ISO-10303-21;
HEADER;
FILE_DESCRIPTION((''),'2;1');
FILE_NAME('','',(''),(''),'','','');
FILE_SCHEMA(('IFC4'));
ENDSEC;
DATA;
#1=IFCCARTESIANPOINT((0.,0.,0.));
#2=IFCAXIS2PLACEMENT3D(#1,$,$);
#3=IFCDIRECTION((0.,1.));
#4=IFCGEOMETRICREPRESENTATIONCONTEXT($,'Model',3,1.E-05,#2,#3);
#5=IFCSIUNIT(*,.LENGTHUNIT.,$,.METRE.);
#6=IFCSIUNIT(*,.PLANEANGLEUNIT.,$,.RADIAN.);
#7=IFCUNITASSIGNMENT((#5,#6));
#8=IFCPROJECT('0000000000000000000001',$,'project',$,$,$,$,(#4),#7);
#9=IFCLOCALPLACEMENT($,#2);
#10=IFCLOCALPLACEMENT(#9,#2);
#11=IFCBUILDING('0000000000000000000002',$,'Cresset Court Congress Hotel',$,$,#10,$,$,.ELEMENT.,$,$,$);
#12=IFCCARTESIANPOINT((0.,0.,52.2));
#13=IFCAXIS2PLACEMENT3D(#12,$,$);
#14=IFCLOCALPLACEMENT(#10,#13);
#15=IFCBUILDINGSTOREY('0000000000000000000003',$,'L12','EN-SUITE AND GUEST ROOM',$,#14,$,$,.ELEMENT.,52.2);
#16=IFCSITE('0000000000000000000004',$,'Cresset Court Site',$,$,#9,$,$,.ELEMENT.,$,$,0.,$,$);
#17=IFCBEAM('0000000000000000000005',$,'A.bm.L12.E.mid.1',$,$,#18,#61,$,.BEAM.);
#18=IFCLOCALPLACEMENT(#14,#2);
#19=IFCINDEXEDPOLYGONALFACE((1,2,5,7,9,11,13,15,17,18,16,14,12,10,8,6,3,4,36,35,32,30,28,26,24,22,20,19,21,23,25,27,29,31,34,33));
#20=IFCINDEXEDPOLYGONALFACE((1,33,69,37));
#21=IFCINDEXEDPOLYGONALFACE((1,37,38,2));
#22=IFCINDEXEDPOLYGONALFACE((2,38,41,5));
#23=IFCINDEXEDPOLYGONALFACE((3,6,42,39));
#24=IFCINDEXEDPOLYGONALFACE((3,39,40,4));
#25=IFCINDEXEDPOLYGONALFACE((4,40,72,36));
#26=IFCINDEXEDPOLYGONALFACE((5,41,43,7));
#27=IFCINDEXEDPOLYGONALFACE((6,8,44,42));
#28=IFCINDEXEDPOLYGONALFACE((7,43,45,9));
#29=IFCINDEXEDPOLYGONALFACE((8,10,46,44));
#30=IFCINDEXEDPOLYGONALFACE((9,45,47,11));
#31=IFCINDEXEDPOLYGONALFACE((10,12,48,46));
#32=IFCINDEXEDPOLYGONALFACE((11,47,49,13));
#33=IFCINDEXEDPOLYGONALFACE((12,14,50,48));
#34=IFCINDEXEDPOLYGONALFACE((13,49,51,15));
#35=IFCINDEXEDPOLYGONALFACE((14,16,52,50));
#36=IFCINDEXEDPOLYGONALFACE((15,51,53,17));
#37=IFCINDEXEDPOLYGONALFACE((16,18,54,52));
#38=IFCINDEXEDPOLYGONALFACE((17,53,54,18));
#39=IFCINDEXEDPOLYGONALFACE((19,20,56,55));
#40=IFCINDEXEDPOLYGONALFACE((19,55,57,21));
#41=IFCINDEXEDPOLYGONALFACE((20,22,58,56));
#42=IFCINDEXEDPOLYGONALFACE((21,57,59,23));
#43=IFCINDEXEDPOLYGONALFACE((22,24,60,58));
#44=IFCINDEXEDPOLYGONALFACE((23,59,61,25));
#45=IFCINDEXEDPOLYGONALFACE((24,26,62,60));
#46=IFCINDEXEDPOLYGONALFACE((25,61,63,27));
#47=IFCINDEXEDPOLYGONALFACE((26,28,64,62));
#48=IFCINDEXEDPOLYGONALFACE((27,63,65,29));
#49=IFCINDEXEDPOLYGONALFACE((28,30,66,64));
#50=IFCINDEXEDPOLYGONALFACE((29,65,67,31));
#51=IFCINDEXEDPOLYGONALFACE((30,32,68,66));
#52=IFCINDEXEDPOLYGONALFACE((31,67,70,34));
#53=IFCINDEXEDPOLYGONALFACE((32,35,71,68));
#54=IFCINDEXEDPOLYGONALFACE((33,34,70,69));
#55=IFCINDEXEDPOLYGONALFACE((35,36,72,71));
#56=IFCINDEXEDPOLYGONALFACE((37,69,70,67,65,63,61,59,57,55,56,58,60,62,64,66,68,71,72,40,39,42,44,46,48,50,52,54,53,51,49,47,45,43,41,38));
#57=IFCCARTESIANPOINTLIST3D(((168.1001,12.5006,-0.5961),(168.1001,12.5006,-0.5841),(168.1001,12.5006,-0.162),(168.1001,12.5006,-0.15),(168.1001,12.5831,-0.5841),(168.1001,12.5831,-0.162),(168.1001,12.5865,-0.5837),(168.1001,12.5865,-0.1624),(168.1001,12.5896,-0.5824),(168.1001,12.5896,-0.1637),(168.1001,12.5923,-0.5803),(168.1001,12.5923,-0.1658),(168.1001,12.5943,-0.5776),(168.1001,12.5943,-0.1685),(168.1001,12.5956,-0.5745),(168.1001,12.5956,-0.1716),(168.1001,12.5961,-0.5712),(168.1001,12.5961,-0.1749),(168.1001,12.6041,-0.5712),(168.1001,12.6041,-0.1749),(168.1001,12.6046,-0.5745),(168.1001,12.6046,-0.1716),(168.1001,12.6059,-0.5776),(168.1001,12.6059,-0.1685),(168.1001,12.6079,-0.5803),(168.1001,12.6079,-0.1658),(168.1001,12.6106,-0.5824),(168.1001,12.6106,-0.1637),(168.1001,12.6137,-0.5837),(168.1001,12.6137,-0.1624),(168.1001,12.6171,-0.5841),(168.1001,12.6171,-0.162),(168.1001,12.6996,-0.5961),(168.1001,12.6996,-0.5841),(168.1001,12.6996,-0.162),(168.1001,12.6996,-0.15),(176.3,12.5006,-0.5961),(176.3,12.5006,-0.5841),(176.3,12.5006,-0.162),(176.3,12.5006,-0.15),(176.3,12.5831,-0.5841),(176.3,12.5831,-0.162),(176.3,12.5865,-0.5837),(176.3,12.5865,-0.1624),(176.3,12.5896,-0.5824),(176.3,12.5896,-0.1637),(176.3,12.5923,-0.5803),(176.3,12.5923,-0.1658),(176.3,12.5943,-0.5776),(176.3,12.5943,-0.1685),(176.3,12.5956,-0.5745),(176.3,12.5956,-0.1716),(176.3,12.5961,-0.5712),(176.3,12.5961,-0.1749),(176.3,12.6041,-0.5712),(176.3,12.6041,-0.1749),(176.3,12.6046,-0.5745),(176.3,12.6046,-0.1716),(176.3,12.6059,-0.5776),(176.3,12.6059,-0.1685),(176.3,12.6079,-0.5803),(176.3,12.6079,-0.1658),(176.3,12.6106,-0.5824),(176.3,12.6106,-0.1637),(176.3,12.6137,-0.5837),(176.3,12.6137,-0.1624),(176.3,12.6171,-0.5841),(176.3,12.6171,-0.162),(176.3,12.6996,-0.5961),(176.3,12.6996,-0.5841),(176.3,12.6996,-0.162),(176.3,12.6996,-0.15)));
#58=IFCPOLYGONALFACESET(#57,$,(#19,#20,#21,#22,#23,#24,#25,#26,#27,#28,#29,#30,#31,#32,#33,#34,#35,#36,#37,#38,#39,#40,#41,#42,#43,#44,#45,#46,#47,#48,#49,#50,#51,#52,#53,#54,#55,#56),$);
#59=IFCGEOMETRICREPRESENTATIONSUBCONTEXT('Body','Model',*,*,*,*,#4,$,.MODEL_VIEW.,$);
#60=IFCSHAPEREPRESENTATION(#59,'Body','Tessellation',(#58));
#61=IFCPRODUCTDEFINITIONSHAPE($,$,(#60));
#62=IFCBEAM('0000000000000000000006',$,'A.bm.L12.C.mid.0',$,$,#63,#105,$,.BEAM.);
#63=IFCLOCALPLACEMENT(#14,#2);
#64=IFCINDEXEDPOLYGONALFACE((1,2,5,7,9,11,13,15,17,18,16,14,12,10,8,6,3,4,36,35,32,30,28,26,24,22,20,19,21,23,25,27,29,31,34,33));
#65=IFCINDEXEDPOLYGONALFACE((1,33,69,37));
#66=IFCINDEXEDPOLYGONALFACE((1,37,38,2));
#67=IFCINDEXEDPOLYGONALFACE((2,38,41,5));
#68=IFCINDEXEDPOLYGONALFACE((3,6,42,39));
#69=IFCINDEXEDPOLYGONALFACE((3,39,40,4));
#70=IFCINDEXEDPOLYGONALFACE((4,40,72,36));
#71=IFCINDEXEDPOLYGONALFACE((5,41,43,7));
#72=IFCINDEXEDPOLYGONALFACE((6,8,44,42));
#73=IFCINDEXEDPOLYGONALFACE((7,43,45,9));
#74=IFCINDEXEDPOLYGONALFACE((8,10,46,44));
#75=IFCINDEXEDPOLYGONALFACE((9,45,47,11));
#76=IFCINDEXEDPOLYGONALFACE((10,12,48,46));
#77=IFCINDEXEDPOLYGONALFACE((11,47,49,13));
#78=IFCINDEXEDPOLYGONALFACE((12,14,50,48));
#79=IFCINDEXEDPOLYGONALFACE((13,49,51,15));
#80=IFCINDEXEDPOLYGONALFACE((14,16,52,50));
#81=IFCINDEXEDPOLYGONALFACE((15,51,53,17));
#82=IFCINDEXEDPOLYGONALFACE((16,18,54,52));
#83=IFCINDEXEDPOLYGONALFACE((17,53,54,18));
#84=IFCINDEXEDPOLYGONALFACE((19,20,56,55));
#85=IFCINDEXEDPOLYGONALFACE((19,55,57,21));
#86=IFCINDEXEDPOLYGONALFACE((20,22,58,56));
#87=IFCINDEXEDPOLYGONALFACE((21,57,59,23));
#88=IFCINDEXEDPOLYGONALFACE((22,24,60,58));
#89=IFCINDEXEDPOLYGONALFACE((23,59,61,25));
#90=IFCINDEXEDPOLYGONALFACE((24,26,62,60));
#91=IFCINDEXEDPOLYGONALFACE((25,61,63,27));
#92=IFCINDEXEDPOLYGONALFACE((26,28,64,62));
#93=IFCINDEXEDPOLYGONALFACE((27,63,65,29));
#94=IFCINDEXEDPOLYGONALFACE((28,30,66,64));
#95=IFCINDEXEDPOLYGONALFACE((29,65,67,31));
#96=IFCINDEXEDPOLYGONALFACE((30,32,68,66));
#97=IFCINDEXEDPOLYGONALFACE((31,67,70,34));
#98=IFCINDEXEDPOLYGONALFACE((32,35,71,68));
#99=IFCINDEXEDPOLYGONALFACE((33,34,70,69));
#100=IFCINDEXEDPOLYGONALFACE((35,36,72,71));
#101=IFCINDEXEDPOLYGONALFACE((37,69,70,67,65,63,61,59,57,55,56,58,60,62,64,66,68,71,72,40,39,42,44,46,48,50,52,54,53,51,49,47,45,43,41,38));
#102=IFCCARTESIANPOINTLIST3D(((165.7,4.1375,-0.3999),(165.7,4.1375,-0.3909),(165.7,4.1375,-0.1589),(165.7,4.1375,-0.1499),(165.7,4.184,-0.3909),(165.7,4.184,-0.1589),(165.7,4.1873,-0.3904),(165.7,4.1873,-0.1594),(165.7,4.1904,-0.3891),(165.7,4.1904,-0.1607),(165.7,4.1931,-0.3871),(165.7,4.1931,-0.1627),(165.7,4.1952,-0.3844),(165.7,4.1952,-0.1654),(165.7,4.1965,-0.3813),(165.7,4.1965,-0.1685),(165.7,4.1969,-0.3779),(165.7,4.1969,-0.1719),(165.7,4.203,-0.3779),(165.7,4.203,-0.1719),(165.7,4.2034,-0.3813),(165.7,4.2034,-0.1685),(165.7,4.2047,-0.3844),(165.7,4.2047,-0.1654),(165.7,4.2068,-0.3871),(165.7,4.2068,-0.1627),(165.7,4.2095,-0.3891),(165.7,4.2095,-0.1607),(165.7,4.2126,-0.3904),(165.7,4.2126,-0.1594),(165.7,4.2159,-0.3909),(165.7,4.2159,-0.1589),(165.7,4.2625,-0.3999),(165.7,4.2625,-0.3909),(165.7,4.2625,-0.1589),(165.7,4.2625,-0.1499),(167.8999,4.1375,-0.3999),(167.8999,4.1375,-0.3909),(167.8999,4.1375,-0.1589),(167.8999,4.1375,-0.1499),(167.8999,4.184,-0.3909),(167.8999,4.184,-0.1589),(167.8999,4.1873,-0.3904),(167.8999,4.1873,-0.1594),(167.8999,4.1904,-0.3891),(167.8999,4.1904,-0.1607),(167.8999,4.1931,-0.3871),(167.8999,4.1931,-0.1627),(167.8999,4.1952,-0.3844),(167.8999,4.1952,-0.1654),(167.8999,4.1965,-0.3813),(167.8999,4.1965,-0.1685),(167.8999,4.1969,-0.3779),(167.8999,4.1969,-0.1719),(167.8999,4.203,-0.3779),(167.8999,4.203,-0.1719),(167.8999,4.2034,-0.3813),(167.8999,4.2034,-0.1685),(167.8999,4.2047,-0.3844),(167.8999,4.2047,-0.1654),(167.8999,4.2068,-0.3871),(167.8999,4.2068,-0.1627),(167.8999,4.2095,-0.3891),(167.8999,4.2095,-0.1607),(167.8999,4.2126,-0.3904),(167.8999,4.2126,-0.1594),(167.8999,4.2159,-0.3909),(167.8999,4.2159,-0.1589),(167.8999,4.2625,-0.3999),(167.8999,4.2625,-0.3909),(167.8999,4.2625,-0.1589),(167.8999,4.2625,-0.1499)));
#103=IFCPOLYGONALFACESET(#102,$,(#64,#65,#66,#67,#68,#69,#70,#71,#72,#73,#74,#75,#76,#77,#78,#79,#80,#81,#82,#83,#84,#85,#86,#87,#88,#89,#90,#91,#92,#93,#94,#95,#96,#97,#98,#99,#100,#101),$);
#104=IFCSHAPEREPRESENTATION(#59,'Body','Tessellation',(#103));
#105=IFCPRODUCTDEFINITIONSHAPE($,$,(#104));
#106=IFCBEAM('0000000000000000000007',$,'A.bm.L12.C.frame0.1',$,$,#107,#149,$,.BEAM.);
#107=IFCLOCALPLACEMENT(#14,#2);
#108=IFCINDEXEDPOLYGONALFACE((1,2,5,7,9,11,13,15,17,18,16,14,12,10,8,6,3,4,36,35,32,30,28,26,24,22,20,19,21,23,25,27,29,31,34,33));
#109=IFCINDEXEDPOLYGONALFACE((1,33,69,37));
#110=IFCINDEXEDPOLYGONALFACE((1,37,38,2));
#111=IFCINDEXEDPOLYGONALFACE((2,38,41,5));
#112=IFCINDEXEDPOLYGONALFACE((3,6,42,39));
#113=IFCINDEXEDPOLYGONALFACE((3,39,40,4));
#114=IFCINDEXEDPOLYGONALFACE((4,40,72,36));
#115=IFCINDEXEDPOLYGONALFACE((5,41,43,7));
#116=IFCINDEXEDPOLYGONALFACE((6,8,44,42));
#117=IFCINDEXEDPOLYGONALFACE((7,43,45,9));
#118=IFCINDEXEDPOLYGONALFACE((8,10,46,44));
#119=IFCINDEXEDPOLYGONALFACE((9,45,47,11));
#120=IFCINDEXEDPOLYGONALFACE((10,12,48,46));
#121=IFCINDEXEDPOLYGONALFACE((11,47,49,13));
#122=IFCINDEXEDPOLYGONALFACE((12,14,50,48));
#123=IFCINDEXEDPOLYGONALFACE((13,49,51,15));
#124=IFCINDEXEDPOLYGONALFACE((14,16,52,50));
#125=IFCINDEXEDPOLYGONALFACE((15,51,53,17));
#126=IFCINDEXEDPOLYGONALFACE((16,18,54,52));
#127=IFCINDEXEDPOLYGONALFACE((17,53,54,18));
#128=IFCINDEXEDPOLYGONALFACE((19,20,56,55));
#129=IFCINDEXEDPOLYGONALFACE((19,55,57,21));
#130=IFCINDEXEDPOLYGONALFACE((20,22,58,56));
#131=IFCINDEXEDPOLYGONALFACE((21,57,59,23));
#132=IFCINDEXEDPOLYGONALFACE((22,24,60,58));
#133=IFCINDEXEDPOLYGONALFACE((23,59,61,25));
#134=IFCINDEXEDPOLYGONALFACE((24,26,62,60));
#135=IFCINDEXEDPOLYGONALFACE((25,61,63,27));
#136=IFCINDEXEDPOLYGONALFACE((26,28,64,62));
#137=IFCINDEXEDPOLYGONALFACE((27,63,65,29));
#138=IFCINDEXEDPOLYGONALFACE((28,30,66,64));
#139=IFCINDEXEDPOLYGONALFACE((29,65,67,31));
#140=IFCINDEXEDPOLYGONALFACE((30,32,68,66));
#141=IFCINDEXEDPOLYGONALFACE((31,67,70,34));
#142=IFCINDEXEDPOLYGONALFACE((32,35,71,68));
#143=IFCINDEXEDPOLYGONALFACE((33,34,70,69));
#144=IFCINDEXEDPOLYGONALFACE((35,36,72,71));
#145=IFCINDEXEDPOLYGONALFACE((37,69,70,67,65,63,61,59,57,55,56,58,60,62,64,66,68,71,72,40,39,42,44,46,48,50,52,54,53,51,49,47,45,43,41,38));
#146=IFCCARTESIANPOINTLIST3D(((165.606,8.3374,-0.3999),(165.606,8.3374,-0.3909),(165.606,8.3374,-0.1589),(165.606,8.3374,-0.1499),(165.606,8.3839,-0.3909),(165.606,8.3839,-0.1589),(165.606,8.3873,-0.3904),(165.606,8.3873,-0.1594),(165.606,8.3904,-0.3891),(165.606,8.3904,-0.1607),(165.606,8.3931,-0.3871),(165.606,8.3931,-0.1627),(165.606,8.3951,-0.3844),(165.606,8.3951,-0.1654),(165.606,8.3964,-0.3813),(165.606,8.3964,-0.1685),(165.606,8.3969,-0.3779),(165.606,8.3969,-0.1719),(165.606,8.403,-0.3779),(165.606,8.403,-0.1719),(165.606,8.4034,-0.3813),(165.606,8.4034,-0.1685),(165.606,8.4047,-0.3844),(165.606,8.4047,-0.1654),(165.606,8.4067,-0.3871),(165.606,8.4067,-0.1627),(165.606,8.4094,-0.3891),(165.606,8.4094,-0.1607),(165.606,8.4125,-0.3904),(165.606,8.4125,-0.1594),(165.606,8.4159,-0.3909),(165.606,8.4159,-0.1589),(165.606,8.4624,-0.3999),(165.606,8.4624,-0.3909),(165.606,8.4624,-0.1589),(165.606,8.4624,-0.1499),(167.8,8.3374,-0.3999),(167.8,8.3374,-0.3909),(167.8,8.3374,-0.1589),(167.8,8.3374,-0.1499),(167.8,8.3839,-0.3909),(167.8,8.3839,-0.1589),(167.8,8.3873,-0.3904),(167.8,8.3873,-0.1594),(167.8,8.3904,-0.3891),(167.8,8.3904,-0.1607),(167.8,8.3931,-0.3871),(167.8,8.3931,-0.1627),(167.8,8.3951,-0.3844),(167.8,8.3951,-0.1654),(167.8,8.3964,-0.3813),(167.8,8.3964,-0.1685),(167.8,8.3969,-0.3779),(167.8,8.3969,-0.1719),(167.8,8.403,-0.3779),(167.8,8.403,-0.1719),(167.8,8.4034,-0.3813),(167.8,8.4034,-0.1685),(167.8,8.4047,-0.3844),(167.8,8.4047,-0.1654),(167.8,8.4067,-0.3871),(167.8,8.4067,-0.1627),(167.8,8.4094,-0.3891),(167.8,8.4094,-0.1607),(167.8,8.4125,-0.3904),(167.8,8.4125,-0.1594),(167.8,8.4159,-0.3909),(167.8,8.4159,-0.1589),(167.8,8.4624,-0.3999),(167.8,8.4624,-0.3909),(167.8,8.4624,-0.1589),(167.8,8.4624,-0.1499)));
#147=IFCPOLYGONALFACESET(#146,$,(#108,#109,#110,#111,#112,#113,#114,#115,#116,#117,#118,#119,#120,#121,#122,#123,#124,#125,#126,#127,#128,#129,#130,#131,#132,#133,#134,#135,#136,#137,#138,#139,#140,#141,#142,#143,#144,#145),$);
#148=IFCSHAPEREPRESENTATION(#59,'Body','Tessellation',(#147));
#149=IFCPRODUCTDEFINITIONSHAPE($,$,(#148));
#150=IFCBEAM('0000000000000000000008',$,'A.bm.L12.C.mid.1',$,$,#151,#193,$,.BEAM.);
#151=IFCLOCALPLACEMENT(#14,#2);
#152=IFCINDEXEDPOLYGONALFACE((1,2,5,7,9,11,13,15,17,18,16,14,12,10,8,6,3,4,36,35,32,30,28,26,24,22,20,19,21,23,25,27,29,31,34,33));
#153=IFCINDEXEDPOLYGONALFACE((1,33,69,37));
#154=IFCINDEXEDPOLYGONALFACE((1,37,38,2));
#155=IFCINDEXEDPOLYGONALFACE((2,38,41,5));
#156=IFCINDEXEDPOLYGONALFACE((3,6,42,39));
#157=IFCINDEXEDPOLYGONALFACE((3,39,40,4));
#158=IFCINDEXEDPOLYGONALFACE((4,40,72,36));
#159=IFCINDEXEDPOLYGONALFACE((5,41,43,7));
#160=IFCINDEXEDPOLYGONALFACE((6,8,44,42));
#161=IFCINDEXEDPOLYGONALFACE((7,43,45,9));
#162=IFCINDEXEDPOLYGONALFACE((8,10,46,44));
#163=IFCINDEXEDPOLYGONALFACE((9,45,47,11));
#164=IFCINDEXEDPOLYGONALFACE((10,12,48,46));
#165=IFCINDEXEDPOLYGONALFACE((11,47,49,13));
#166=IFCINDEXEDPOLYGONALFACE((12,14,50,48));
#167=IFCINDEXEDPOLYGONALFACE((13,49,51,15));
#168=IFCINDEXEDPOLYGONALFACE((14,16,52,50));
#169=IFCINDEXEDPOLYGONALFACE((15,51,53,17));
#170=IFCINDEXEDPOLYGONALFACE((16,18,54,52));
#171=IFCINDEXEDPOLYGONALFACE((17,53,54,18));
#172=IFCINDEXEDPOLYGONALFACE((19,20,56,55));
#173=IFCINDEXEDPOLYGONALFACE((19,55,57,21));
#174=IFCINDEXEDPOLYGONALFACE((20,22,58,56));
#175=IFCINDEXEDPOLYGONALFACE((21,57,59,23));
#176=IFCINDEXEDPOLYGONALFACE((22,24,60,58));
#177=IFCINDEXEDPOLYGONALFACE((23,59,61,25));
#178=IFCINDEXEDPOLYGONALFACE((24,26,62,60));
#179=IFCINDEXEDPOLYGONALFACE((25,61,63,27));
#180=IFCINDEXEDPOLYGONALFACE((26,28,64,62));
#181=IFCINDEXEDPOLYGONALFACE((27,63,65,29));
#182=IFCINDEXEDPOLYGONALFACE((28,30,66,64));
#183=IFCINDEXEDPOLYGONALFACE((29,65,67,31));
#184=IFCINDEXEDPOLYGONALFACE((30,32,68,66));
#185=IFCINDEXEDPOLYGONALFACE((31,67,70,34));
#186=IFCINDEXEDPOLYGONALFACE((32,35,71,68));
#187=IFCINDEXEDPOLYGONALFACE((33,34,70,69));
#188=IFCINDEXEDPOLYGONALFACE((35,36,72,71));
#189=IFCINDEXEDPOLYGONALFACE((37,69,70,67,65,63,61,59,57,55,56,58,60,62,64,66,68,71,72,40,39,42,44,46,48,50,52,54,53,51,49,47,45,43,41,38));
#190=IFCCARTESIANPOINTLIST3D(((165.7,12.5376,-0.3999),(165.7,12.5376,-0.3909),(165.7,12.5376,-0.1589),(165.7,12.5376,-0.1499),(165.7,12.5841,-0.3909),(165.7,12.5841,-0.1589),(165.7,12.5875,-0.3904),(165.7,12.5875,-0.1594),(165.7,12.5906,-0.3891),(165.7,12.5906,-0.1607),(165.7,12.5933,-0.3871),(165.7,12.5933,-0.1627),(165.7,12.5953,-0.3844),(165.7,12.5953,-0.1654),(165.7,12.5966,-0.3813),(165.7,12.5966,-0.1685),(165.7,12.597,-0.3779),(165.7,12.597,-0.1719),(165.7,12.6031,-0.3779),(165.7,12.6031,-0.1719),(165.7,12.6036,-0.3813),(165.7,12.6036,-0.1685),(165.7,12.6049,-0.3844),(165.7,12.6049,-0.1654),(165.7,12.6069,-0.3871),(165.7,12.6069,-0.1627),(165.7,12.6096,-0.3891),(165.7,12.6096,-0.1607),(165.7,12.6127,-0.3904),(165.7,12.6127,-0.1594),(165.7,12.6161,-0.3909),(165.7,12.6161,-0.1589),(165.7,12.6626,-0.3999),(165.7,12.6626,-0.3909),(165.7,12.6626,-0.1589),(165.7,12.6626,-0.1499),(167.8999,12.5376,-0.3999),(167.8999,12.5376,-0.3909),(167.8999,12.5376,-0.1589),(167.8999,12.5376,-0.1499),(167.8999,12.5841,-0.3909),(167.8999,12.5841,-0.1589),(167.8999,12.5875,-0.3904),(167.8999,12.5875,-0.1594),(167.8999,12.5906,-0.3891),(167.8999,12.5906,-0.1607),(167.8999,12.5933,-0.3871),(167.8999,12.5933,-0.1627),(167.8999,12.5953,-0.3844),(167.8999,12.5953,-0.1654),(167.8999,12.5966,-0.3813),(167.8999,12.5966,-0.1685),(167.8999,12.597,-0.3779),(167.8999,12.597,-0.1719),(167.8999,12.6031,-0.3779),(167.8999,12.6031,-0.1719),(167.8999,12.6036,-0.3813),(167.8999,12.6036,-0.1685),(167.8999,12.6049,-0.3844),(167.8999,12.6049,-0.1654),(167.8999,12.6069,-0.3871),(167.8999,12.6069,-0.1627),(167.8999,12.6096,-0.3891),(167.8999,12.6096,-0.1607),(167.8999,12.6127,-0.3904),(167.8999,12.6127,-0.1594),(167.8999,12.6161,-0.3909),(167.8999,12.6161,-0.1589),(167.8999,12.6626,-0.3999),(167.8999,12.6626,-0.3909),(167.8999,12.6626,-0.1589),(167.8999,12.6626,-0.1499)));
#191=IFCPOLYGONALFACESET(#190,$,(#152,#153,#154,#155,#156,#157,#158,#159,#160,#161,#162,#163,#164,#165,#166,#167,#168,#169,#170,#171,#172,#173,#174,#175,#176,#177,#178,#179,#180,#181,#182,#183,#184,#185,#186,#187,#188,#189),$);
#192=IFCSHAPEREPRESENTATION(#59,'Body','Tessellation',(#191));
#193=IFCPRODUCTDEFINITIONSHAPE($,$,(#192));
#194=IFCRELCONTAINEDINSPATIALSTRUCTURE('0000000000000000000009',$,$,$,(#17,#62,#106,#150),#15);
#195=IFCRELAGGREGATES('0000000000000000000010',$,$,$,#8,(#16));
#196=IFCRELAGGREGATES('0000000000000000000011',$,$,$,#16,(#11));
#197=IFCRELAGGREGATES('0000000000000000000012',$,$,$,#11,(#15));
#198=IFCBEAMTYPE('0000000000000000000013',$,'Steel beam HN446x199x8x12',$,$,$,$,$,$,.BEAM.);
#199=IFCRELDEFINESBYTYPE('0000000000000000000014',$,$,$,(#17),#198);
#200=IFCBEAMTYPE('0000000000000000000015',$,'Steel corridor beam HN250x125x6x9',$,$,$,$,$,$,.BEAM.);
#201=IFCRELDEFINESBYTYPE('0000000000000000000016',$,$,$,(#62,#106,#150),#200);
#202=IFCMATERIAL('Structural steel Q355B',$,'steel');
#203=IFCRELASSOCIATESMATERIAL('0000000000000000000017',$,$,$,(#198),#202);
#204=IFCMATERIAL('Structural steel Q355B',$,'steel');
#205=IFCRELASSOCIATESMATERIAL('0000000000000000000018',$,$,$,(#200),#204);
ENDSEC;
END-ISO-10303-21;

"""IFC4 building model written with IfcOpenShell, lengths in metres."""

from ifc_helpers import new_model, si_unit, direction, frame, origin, origin_2d, place, context, subcontext, project, spatial, i_section, extrude, material, material_profile, profile_set, type_object, element, save


model = new_model("IFC4")

# Units and contexts
model_context = context("Model", 3, precision=1e-05, world=origin(), true_north=direction((0.0, 1.0)))
body_context = subcontext(model_context, "Body", "Model", "MODEL_VIEW")
ifc_project = project(units=[si_unit("LENGTHUNIT", "METRE"), si_unit("PLANEANGLEUNIT", "RADIAN")], contexts=[model_context])

# Site, building, storey
site_placement = place(None, origin())
site = spatial("IfcSite", under=ifc_project, at=site_placement, Name="Cresset Court Site", CompositionType="ELEMENT", RefElevation=0.0)
building_placement = place(site_placement, origin())
building = spatial("IfcBuilding", under=site, at=building_placement, Name="Cresset Court Congress Hotel", CompositionType="ELEMENT")
storey_placement = place(building_placement, frame((0.0, 0.0, 52.2)))
storey = spatial("IfcBuildingStorey", under=building, at=storey_placement, Name="L12", Description="EN-SUITE AND GUEST ROOM", CompositionType="ELEMENT", Elevation=52.2)

# Beams
ifc_material_1 = material(Name="Structural steel Q355B", Category="steel")
ifc_material_profile_1 = material_profile(ifc_material_1, i_section(OverallWidth=0.199, OverallDepth=0.446, WebThickness=0.0081, FlangeThickness=0.012, FilletRadius=0.0129, at=origin_2d()), Name="HN446x199x8x12")
ifc_profile_set_1 = profile_set([ifc_material_profile_1], Name="Structural steel Q355B")
beam_type_1 = type_object("IfcBeamType", Name="Steel beam HN446x199x8x12", PredefinedType="BEAM", material=ifc_profile_set_1)
beam_1_placement = place(storey_placement, frame((168.1001, 12.6001, -0.373), z_axis=(1.0, 0.0, 0.0), x_axis=(0.0, 1.0, 0.0)))
element("IfcBeam", 1, at=beam_1_placement, inside=storey, type_object=beam_type_1, Name="A.bm.L12.E.mid.1", PredefinedType="BEAM", context=body_context, shape_type="SweptSolid", body=[
    extrude(i_section(OverallWidth=0.199, OverallDepth=0.446, WebThickness=0.0081, FlangeThickness=0.012, FilletRadius=0.0129, at=origin_2d()), origin(), (0.0, 0.0, 1.0), 8.2),
])
ifc_material_2 = material(Name="Structural steel Q355B", Category="steel")
ifc_material_profile_2 = material_profile(ifc_material_2, i_section(OverallWidth=0.125, OverallDepth=0.25, WebThickness=0.0061, FlangeThickness=0.009, FilletRadius=0.0129, at=origin_2d()), Name="HN250x125x6x9")
ifc_profile_set_2 = profile_set([ifc_material_profile_2], Name="Structural steel Q355B")
beam_type_2 = type_object("IfcBeamType", Name="Steel corridor beam HN250x125x6x9", PredefinedType="BEAM", material=ifc_profile_set_2)
beam_2_placement = place(storey_placement, frame((165.7, 4.2, -0.2749), z_axis=(1.0, 0.0, 0.0), x_axis=(0.0, 1.0, 0.0)))
element("IfcBeam", 2, at=beam_2_placement, inside=storey, type_object=beam_type_2, Name="A.bm.L12.C.mid.0", PredefinedType="BEAM", context=body_context, shape_type="SweptSolid", body=[
    extrude(i_section(OverallWidth=0.125, OverallDepth=0.25, WebThickness=0.0061, FlangeThickness=0.009, FilletRadius=0.0129, at=origin_2d()), origin(), (0.0, 0.0, 1.0), 2.2),
])
beam_3_placement = place(storey_placement, frame((165.606, 8.3999, -0.2749), z_axis=(1.0, 0.0, 0.0), x_axis=(0.0, 1.0, 0.0)))
element("IfcBeam", 3, at=beam_3_placement, inside=storey, type_object=beam_type_2, Name="A.bm.L12.C.frame0.1", PredefinedType="BEAM", context=body_context, shape_type="SweptSolid", body=[
    extrude(i_section(OverallWidth=0.125, OverallDepth=0.25, WebThickness=0.0061, FlangeThickness=0.009, FilletRadius=0.0129, at=origin_2d()), origin(), (0.0, 0.0, 1.0), 2.1941),
])
beam_4_placement = place(storey_placement, frame((165.7, 12.6001, -0.2749), z_axis=(1.0, 0.0, 0.0), x_axis=(0.0, 1.0, 0.0)))
element("IfcBeam", 4, at=beam_4_placement, inside=storey, type_object=beam_type_2, Name="A.bm.L12.C.mid.1", PredefinedType="BEAM", context=body_context, shape_type="SweptSolid", body=[
    extrude(i_section(OverallWidth=0.125, OverallDepth=0.25, WebThickness=0.0061, FlangeThickness=0.009, FilletRadius=0.0129, at=origin_2d()), origin(), (0.0, 0.0, 1.0), 2.2),
])

save(model, "model.ifc")
